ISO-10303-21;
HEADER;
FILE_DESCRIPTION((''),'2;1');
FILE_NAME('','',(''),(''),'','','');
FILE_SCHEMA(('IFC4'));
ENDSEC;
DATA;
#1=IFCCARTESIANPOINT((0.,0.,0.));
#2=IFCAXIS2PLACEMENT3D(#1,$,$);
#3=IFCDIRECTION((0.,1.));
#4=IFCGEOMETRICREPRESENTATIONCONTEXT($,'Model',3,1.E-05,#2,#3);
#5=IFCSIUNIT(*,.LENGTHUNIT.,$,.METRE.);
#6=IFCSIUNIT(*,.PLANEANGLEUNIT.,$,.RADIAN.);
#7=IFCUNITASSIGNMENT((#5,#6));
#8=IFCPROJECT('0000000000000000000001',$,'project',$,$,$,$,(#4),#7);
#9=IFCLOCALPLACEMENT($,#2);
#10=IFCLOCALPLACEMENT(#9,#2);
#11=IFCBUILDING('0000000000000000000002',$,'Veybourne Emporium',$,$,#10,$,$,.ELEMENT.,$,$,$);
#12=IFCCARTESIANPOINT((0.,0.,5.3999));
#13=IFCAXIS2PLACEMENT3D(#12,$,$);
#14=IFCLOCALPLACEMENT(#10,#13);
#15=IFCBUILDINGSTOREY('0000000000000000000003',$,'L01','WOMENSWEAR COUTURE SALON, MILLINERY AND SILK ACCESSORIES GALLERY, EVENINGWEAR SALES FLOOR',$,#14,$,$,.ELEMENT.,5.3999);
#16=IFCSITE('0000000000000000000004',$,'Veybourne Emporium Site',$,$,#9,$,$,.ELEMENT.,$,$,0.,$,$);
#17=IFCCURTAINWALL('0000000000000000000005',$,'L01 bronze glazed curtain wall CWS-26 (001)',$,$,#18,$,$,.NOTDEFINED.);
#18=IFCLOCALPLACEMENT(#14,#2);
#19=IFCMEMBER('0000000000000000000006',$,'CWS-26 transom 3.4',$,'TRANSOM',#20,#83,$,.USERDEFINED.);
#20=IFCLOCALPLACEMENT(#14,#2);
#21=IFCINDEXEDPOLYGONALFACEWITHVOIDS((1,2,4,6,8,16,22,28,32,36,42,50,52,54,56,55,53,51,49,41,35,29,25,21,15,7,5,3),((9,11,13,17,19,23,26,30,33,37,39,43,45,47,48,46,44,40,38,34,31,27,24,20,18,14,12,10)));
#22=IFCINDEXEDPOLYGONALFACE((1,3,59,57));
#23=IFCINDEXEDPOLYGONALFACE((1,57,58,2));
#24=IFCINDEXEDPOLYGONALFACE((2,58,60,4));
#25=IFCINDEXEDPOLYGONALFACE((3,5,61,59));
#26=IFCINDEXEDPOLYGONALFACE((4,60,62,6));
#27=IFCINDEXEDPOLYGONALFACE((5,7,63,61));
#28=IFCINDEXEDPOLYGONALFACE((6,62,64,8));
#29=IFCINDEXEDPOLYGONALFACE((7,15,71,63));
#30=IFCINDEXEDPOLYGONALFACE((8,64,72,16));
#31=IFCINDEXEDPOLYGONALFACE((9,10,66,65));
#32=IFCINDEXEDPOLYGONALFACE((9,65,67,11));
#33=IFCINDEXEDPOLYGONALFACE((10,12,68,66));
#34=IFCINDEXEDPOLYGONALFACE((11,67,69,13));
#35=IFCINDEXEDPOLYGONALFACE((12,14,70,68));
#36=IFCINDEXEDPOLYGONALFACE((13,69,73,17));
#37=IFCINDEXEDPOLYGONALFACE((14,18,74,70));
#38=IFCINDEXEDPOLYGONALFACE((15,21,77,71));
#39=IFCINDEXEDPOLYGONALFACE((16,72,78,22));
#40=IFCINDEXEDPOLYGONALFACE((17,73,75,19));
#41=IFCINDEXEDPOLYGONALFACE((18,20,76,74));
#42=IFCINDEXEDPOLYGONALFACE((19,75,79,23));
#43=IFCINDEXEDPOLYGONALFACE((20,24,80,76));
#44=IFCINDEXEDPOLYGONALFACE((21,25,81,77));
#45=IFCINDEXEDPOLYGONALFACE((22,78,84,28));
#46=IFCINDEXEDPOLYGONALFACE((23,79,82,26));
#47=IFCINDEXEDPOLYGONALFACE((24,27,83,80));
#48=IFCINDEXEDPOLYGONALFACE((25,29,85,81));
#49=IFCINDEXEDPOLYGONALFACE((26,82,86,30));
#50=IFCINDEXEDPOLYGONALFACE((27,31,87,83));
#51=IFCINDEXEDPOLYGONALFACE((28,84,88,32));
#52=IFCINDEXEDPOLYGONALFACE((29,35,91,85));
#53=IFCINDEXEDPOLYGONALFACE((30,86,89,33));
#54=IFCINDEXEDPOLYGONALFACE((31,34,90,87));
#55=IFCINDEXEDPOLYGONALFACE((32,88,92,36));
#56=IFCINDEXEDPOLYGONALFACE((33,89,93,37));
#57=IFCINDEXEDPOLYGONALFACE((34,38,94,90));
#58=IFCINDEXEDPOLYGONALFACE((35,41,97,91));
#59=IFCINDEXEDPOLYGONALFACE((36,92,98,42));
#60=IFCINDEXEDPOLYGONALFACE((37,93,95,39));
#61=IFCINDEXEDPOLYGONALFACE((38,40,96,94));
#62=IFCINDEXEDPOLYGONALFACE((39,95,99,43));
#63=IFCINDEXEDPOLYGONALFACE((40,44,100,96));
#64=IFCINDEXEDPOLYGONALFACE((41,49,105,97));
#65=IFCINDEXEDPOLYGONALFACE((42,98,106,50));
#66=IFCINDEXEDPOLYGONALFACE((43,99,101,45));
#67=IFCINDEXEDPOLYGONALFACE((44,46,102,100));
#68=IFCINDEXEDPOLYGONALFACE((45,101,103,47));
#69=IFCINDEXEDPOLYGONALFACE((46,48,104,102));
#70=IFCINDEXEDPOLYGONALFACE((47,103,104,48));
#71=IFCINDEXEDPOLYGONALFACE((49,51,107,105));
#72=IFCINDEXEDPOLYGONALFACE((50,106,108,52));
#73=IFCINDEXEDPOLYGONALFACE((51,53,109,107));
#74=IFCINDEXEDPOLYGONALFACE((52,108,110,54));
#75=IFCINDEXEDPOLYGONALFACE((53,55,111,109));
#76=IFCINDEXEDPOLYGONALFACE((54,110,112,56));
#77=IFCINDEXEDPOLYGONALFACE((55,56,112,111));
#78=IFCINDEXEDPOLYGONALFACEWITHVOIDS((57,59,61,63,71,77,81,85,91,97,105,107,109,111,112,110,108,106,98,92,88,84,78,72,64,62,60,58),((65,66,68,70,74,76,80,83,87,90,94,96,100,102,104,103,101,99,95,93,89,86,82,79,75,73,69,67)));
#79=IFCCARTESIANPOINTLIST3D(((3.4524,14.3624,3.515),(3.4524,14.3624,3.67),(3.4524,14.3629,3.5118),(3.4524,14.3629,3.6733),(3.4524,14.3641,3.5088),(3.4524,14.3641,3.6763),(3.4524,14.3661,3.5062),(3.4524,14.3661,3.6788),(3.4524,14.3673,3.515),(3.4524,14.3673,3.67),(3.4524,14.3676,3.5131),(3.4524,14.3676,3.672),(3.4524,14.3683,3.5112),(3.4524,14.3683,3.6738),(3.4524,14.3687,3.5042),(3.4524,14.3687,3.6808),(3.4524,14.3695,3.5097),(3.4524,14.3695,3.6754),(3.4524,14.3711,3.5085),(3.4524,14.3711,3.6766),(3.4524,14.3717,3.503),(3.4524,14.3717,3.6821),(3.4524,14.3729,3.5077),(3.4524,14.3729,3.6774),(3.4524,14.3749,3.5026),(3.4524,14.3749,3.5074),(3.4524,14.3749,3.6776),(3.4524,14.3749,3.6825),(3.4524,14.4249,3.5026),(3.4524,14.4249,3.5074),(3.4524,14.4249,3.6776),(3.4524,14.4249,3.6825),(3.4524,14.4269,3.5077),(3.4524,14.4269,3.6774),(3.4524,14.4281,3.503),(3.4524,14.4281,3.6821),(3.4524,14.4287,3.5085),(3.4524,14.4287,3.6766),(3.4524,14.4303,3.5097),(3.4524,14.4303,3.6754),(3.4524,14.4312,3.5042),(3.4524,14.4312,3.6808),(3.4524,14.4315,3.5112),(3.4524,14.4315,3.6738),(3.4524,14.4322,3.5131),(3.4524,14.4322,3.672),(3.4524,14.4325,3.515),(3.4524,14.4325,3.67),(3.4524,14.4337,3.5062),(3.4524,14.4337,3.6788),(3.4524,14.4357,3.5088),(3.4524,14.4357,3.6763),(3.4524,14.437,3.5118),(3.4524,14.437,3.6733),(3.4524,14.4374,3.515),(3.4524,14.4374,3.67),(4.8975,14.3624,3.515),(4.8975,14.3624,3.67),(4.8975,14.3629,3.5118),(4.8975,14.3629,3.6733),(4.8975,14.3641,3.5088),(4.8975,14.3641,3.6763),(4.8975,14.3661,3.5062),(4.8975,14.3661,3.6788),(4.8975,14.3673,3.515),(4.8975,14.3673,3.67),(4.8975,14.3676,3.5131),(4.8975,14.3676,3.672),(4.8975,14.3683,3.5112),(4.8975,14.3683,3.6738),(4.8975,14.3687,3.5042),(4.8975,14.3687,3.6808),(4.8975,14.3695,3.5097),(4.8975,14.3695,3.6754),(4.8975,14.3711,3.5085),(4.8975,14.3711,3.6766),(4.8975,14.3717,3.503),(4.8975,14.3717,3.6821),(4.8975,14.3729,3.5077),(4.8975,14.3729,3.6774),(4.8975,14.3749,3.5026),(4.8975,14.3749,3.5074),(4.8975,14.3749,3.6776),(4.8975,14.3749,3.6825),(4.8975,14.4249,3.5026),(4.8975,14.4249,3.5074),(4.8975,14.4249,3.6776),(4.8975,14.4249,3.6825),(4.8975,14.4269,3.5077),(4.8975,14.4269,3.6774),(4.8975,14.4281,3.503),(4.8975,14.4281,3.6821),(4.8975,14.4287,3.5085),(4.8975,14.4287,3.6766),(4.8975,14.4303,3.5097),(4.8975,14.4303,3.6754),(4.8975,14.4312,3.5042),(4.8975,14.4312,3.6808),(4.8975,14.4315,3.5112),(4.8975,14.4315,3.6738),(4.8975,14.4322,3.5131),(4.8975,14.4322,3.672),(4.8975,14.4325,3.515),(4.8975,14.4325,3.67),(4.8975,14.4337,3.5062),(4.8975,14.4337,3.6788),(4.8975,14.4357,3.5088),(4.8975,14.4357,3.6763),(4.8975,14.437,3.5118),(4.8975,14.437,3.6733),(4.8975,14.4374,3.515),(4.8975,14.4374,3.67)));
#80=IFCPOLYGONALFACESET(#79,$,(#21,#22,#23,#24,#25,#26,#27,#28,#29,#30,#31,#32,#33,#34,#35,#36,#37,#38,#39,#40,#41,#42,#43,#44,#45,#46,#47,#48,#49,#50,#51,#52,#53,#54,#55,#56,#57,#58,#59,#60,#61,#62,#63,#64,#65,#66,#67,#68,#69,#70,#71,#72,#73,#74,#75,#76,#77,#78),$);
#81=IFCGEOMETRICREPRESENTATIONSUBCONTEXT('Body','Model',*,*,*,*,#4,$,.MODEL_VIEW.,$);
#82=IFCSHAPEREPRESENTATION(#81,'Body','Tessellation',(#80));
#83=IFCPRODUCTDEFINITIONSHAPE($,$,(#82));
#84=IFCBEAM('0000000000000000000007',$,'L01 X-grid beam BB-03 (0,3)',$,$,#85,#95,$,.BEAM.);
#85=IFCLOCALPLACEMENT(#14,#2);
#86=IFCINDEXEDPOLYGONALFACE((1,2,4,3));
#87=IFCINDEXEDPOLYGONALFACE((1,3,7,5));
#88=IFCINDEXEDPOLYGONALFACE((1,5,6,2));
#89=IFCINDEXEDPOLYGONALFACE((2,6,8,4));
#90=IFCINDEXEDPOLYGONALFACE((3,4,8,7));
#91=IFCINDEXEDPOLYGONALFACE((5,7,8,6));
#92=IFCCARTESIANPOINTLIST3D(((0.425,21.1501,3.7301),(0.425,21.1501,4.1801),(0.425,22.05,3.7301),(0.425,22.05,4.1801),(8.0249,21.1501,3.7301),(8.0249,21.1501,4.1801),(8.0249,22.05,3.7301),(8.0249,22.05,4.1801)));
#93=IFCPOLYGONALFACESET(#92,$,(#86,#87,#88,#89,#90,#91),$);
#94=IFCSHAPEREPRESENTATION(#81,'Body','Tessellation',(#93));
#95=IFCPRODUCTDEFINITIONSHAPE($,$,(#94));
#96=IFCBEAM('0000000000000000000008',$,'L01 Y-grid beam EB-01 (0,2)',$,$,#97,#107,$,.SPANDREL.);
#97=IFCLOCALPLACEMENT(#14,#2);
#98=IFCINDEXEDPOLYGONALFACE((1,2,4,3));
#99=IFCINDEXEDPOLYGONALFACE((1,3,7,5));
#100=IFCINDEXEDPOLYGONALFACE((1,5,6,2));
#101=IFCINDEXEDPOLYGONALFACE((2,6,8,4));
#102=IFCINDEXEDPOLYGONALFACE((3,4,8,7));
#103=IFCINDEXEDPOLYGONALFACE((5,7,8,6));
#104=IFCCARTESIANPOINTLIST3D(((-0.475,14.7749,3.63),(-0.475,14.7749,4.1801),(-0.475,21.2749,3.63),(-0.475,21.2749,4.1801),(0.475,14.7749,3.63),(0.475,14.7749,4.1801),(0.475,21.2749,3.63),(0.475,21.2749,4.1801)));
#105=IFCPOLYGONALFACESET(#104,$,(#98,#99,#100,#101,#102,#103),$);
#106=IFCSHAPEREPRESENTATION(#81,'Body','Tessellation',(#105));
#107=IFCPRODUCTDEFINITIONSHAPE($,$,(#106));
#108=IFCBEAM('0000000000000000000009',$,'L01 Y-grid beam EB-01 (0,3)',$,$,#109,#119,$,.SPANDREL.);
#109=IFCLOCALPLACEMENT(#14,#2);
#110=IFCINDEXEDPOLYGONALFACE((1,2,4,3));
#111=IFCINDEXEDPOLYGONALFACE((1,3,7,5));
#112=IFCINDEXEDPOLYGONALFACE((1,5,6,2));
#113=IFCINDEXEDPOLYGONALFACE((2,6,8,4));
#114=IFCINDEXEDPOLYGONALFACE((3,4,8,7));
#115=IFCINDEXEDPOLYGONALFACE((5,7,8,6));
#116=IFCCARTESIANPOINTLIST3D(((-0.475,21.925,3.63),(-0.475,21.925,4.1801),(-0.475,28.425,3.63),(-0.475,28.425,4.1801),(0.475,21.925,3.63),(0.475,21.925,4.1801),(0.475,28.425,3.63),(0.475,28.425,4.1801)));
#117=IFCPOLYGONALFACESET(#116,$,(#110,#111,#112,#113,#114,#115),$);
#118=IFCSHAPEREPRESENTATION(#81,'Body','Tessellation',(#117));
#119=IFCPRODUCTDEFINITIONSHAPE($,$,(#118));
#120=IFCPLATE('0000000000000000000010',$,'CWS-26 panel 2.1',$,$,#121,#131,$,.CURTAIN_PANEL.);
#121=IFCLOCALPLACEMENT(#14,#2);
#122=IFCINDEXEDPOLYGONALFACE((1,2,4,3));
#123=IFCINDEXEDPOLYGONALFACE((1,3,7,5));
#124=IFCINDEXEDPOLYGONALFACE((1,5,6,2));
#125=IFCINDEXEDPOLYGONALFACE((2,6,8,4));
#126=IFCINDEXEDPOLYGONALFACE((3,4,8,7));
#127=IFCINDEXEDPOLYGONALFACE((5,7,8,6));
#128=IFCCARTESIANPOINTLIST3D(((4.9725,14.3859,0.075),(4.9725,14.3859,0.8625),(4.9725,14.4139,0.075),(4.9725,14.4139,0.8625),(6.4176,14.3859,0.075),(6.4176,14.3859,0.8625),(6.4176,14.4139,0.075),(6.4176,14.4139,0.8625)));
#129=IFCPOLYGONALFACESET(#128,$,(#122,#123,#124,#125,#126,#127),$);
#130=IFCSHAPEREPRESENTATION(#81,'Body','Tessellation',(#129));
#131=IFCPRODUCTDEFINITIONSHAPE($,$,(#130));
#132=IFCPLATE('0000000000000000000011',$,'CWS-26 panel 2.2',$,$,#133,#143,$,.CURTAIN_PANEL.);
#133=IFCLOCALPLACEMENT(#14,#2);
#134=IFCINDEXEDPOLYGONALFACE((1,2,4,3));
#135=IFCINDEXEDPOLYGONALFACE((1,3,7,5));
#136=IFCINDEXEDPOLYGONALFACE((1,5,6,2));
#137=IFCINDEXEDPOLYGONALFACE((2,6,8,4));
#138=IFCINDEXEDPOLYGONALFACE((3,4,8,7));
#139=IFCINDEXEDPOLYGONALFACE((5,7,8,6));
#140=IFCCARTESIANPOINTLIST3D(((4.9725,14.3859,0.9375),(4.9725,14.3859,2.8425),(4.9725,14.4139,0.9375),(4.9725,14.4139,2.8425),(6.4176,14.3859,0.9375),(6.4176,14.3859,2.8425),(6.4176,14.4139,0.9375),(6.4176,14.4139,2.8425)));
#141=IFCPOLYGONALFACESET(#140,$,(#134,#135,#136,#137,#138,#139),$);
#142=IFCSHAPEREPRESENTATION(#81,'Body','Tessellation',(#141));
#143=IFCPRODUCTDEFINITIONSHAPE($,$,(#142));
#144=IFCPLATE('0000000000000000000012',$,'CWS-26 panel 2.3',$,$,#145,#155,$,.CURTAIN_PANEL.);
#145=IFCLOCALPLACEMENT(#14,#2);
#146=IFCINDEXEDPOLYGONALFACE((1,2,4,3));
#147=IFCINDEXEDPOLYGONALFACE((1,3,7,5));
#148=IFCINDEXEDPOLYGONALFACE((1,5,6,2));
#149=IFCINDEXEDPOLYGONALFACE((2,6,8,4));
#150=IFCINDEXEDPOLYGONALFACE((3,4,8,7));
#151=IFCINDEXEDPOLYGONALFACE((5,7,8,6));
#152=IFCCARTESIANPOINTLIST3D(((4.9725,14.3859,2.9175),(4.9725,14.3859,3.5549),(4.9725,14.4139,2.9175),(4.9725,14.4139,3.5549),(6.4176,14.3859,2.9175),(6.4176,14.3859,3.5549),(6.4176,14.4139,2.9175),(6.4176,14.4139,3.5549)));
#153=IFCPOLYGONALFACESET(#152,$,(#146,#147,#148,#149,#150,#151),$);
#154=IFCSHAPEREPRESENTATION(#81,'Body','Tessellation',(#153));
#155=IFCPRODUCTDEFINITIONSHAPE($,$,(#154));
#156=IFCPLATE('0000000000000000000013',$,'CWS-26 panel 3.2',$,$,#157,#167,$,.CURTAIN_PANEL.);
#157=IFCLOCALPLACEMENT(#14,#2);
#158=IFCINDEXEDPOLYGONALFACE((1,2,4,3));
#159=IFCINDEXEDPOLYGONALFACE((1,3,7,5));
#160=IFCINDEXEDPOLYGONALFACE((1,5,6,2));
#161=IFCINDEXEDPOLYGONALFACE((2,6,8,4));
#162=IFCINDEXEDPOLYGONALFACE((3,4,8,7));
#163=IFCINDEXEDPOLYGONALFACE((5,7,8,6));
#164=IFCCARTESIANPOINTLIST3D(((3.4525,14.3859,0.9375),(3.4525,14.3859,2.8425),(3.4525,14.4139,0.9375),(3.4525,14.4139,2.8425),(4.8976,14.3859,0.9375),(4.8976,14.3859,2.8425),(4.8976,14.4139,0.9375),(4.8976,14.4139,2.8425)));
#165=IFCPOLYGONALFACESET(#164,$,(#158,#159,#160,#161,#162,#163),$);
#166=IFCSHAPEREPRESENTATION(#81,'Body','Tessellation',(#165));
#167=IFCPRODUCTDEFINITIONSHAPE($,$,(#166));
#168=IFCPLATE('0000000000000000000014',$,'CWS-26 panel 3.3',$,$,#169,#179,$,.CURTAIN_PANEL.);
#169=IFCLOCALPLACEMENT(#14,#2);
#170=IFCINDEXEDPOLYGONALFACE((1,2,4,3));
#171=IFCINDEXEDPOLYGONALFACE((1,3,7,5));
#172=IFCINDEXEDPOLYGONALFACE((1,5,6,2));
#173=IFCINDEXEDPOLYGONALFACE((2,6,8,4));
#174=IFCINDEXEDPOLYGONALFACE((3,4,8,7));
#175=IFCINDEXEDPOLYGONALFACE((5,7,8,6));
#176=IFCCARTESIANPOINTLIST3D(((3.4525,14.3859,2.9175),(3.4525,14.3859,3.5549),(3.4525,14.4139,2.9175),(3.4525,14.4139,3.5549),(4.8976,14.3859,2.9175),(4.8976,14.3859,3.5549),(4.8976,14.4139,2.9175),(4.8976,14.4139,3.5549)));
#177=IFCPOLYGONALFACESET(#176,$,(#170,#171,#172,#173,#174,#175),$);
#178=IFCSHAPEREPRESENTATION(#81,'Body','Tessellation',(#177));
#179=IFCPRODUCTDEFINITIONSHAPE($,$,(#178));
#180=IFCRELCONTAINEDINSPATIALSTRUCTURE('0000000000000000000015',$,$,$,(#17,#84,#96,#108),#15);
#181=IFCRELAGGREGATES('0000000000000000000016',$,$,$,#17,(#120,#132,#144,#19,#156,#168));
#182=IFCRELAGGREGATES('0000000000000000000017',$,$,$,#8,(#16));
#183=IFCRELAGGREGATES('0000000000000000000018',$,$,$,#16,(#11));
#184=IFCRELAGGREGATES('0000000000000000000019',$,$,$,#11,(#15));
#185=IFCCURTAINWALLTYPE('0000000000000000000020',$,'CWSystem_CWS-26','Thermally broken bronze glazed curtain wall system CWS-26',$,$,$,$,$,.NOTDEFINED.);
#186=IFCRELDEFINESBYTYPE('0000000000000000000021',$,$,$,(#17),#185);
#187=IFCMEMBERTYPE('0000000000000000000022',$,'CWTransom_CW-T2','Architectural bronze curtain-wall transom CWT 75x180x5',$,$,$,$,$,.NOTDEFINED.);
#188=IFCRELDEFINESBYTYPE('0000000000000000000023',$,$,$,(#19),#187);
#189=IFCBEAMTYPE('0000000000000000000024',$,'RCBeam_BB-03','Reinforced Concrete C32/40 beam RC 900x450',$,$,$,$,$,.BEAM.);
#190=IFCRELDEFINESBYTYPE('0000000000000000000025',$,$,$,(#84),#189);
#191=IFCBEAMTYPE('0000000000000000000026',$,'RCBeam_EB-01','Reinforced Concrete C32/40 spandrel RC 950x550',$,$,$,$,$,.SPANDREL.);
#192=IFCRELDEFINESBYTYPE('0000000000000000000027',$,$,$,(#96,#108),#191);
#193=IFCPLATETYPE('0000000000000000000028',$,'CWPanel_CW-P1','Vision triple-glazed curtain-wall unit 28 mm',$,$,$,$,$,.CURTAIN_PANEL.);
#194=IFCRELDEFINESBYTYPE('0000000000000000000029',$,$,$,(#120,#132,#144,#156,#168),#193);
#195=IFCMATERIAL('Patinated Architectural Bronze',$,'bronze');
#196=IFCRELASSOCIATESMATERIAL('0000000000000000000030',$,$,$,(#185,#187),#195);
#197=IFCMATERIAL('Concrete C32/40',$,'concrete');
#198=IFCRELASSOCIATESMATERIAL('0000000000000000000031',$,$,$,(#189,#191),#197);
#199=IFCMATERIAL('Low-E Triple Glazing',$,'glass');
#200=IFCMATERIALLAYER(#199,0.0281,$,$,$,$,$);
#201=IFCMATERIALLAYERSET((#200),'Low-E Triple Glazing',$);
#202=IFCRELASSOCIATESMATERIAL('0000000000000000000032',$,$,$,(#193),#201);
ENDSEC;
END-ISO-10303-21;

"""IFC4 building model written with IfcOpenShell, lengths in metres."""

from ifc_helpers import new_model, si_unit, direction, frame, origin, origin_2d, place, context, subcontext, project, spatial, rectangle, hollow_rectangle, extrude, material, layer, layer_set, material_profile, profile_set, type_object, element, aggregate, save


model = new_model("IFC4")

# Units and contexts
model_context = context("Model", 3, precision=1e-05, world=origin(), true_north=direction((0.0, 1.0)))
body_context = subcontext(model_context, "Body", "Model", "MODEL_VIEW")
ifc_project = project(units=[si_unit("LENGTHUNIT", "METRE"), si_unit("PLANEANGLEUNIT", "RADIAN")], contexts=[model_context])

# Site, building, storey
site_placement = place(None, origin())
site = spatial("IfcSite", under=ifc_project, at=site_placement, Name="Veybourne Emporium Site", CompositionType="ELEMENT", RefElevation=0.0)
building_placement = place(site_placement, origin())
building = spatial("IfcBuilding", under=site, at=building_placement, Name="Veybourne Emporium", CompositionType="ELEMENT")
storey_placement = place(building_placement, frame((0.0, 0.0, 5.3999)))
storey = spatial("IfcBuildingStorey", under=building, at=storey_placement, Name="L01", Description="WOMENSWEAR COUTURE SALON, MILLINERY AND SILK ACCESSORIES GALLERY, EVENINGWEAR SALES FLOOR", CompositionType="ELEMENT", Elevation=5.3999)

# Curtain wall, member
ifc_material_1 = material(Name="Patinated Architectural Bronze", Category="bronze")
curtain_wall_type = type_object("IfcCurtainWallType", Name="CWSystem_CWS-26", Description="Thermally broken bronze glazed curtain wall system CWS-26", PredefinedType="NOTDEFINED", material=ifc_material_1)
curtain_wall_placement = place(storey_placement, origin())
curtain_wall = element("IfcCurtainWall", 1, at=curtain_wall_placement, inside=storey, type_object=curtain_wall_type, Name="L01 bronze glazed curtain wall CWS-26 (001)", PredefinedType="NOTDEFINED")
ifc_material_profile_1 = material_profile(ifc_material_1, hollow_rectangle(XDim=0.075, YDim=0.1799, WallThickness=0.0049, InnerFilletRadius=0.0076, OuterFilletRadius=0.0125, at=origin_2d()), Name="CWT 75x180x5")
ifc_profile_set_1 = profile_set([ifc_material_profile_1], Name="Patinated Architectural Bronze")
member_type_1 = type_object("IfcMemberType", Name="CWTransom_CW-T2", Description="Architectural bronze curtain-wall transom CWT 75x180x5", PredefinedType="NOTDEFINED", material=ifc_profile_set_1)
member_1_placement = place(storey_placement, frame((4.8975, 14.3999, 3.5925), z_axis=(-1.0, 0.0, 0.0), x_axis=(0.0, -1.0, 0.0)))
member_1 = element("IfcMember", 2, at=member_1_placement, type_object=member_type_1, Name="CWS-26 transom 3.4", ObjectType="TRANSOM", PredefinedType="USERDEFINED", context=body_context, shape_type="SweptSolid", body=[
    extrude(hollow_rectangle(XDim=0.075, YDim=0.1799, WallThickness=0.0049, InnerFilletRadius=0.0076, OuterFilletRadius=0.0125, at=origin_2d()), origin(), (0.0, 0.0, 1.0), 1.4451),
])

# Beams
ifc_material_2 = material(Name="Concrete C32/40", Category="concrete")
ifc_material_profile_2 = material_profile(ifc_material_2, rectangle(XDim=0.8999, YDim=0.45, at=origin_2d()), Name="RC 900x450")
ifc_profile_set_2 = profile_set([ifc_material_profile_2], Name="Concrete C32/40")
beam_type_1 = type_object("IfcBeamType", Name="RCBeam_BB-03", Description="Reinforced Concrete C32/40 beam RC 900x450", PredefinedType="BEAM", material=ifc_profile_set_2)
beam_placement = place(storey_placement, frame((0.425, 21.6001, 3.9551), z_axis=(1.0, 0.0, 0.0), x_axis=(0.0, 1.0, 0.0)))
element("IfcBeam", 3, at=beam_placement, inside=storey, type_object=beam_type_1, Name="L01 X-grid beam BB-03 (0,3)", PredefinedType="BEAM", context=body_context, shape_type="SweptSolid", body=[
    extrude(rectangle(XDim=0.8999, YDim=0.45, at=origin_2d()), origin(), (0.0, 0.0, 1.0), 7.5999),
])
ifc_material_profile_3 = material_profile(ifc_material_2, rectangle(XDim=0.95, YDim=0.55, at=origin_2d()), Name="RC 950x550")
ifc_profile_set_3 = profile_set([ifc_material_profile_3], Name="Concrete C32/40")
beam_type_2 = type_object("IfcBeamType", Name="RCBeam_EB-01", Description="Reinforced Concrete C32/40 spandrel RC 950x550", PredefinedType="SPANDREL", material=ifc_profile_set_3)
for number, where, z_axis, x_axis, name in (
    (4, (0.0, 14.7749, 3.905), (0.0, 1.0, 0.0), (-1.0, 0.0, 0.0), "L01 Y-grid beam EB-01 (0,2)"),
    (5, (0.0, 21.925, 3.905), (0.0, 1.0, 0.0), (-1.0, 0.0, 0.0), "L01 Y-grid beam EB-01 (0,3)"),
):
    element("IfcBeam", number, at=place(storey_placement, frame(where, z_axis=z_axis, x_axis=x_axis)), inside=storey, type_object=beam_type_2, Name=name, PredefinedType="SPANDREL", context=body_context, shape_type="SweptSolid", body=[
        extrude(rectangle(XDim=0.95, YDim=0.55, at=origin_2d()), origin(), (0.0, 0.0, 1.0), 6.5),
    ])

# Plates
ifc_material_3 = material(Name="Low-E Triple Glazing", Category="glass")
ifc_layer_1 = layer(ifc_material_3, 0.0281)
ifc_layer_set_1 = layer_set([ifc_layer_1], Name="Low-E Triple Glazing")
plate_type = type_object("IfcPlateType", Name="CWPanel_CW-P1", Description="Vision triple-glazed curtain-wall unit 28 mm", PredefinedType="CURTAIN_PANEL", material=ifc_layer_set_1)
plate_1_placement = place(storey_placement, frame((5.6951, 14.3999, 0.075), z_axis=(0.0, 0.0, 1.0), x_axis=(-1.0, 0.0, 0.0)))
plate_1 = element("IfcPlate", 6, at=plate_1_placement, type_object=plate_type, Name="CWS-26 panel 2.1", PredefinedType="CURTAIN_PANEL", context=body_context, shape_type="SweptSolid", body=[
    extrude(rectangle(XDim=1.4451, YDim=0.0281, at=origin_2d()), origin(), (0.0, 0.0, 1.0), 0.7876),
])
plate_2_placement = place(storey_placement, frame((5.6951, 14.3999, 0.9375), z_axis=(0.0, 0.0, 1.0), x_axis=(-1.0, 0.0, 0.0)))
plate_2 = element("IfcPlate", 7, at=plate_2_placement, type_object=plate_type, Name="CWS-26 panel 2.2", PredefinedType="CURTAIN_PANEL", context=body_context, shape_type="SweptSolid", body=[
    extrude(rectangle(XDim=1.4451, YDim=0.0281, at=origin_2d()), origin(), (0.0, 0.0, 1.0), 1.905),
])
plate_3_placement = place(storey_placement, frame((5.6951, 14.3999, 2.9175), z_axis=(0.0, 0.0, 1.0), x_axis=(-1.0, 0.0, 0.0)))
plate_3 = element("IfcPlate", 8, at=plate_3_placement, type_object=plate_type, Name="CWS-26 panel 2.3", PredefinedType="CURTAIN_PANEL", context=body_context, shape_type="SweptSolid", body=[
    extrude(rectangle(XDim=1.4451, YDim=0.0281, at=origin_2d()), origin(), (0.0, 0.0, 1.0), 0.6375),
])
plate_4_placement = place(storey_placement, frame((4.175, 14.3999, 0.9375), z_axis=(0.0, 0.0, 1.0), x_axis=(-1.0, 0.0, 0.0)))
plate_4 = element("IfcPlate", 9, at=plate_4_placement, type_object=plate_type, Name="CWS-26 panel 3.2", PredefinedType="CURTAIN_PANEL", context=body_context, shape_type="SweptSolid", body=[
    extrude(rectangle(XDim=1.4451, YDim=0.0281, at=origin_2d()), origin(), (0.0, 0.0, 1.0), 1.905),
])
plate_5_placement = place(storey_placement, frame((4.175, 14.3999, 2.9175), z_axis=(0.0, 0.0, 1.0), x_axis=(-1.0, 0.0, 0.0)))
plate_5 = element("IfcPlate", 10, at=plate_5_placement, type_object=plate_type, Name="CWS-26 panel 3.3", PredefinedType="CURTAIN_PANEL", context=body_context, shape_type="SweptSolid", body=[
    extrude(rectangle(XDim=1.4451, YDim=0.0281, at=origin_2d()), origin(), (0.0, 0.0, 1.0), 0.6375),
])
aggregate(curtain_wall, [plate_1, plate_2, plate_3, member_1, plate_4, plate_5])

save(model, "model.ifc")
